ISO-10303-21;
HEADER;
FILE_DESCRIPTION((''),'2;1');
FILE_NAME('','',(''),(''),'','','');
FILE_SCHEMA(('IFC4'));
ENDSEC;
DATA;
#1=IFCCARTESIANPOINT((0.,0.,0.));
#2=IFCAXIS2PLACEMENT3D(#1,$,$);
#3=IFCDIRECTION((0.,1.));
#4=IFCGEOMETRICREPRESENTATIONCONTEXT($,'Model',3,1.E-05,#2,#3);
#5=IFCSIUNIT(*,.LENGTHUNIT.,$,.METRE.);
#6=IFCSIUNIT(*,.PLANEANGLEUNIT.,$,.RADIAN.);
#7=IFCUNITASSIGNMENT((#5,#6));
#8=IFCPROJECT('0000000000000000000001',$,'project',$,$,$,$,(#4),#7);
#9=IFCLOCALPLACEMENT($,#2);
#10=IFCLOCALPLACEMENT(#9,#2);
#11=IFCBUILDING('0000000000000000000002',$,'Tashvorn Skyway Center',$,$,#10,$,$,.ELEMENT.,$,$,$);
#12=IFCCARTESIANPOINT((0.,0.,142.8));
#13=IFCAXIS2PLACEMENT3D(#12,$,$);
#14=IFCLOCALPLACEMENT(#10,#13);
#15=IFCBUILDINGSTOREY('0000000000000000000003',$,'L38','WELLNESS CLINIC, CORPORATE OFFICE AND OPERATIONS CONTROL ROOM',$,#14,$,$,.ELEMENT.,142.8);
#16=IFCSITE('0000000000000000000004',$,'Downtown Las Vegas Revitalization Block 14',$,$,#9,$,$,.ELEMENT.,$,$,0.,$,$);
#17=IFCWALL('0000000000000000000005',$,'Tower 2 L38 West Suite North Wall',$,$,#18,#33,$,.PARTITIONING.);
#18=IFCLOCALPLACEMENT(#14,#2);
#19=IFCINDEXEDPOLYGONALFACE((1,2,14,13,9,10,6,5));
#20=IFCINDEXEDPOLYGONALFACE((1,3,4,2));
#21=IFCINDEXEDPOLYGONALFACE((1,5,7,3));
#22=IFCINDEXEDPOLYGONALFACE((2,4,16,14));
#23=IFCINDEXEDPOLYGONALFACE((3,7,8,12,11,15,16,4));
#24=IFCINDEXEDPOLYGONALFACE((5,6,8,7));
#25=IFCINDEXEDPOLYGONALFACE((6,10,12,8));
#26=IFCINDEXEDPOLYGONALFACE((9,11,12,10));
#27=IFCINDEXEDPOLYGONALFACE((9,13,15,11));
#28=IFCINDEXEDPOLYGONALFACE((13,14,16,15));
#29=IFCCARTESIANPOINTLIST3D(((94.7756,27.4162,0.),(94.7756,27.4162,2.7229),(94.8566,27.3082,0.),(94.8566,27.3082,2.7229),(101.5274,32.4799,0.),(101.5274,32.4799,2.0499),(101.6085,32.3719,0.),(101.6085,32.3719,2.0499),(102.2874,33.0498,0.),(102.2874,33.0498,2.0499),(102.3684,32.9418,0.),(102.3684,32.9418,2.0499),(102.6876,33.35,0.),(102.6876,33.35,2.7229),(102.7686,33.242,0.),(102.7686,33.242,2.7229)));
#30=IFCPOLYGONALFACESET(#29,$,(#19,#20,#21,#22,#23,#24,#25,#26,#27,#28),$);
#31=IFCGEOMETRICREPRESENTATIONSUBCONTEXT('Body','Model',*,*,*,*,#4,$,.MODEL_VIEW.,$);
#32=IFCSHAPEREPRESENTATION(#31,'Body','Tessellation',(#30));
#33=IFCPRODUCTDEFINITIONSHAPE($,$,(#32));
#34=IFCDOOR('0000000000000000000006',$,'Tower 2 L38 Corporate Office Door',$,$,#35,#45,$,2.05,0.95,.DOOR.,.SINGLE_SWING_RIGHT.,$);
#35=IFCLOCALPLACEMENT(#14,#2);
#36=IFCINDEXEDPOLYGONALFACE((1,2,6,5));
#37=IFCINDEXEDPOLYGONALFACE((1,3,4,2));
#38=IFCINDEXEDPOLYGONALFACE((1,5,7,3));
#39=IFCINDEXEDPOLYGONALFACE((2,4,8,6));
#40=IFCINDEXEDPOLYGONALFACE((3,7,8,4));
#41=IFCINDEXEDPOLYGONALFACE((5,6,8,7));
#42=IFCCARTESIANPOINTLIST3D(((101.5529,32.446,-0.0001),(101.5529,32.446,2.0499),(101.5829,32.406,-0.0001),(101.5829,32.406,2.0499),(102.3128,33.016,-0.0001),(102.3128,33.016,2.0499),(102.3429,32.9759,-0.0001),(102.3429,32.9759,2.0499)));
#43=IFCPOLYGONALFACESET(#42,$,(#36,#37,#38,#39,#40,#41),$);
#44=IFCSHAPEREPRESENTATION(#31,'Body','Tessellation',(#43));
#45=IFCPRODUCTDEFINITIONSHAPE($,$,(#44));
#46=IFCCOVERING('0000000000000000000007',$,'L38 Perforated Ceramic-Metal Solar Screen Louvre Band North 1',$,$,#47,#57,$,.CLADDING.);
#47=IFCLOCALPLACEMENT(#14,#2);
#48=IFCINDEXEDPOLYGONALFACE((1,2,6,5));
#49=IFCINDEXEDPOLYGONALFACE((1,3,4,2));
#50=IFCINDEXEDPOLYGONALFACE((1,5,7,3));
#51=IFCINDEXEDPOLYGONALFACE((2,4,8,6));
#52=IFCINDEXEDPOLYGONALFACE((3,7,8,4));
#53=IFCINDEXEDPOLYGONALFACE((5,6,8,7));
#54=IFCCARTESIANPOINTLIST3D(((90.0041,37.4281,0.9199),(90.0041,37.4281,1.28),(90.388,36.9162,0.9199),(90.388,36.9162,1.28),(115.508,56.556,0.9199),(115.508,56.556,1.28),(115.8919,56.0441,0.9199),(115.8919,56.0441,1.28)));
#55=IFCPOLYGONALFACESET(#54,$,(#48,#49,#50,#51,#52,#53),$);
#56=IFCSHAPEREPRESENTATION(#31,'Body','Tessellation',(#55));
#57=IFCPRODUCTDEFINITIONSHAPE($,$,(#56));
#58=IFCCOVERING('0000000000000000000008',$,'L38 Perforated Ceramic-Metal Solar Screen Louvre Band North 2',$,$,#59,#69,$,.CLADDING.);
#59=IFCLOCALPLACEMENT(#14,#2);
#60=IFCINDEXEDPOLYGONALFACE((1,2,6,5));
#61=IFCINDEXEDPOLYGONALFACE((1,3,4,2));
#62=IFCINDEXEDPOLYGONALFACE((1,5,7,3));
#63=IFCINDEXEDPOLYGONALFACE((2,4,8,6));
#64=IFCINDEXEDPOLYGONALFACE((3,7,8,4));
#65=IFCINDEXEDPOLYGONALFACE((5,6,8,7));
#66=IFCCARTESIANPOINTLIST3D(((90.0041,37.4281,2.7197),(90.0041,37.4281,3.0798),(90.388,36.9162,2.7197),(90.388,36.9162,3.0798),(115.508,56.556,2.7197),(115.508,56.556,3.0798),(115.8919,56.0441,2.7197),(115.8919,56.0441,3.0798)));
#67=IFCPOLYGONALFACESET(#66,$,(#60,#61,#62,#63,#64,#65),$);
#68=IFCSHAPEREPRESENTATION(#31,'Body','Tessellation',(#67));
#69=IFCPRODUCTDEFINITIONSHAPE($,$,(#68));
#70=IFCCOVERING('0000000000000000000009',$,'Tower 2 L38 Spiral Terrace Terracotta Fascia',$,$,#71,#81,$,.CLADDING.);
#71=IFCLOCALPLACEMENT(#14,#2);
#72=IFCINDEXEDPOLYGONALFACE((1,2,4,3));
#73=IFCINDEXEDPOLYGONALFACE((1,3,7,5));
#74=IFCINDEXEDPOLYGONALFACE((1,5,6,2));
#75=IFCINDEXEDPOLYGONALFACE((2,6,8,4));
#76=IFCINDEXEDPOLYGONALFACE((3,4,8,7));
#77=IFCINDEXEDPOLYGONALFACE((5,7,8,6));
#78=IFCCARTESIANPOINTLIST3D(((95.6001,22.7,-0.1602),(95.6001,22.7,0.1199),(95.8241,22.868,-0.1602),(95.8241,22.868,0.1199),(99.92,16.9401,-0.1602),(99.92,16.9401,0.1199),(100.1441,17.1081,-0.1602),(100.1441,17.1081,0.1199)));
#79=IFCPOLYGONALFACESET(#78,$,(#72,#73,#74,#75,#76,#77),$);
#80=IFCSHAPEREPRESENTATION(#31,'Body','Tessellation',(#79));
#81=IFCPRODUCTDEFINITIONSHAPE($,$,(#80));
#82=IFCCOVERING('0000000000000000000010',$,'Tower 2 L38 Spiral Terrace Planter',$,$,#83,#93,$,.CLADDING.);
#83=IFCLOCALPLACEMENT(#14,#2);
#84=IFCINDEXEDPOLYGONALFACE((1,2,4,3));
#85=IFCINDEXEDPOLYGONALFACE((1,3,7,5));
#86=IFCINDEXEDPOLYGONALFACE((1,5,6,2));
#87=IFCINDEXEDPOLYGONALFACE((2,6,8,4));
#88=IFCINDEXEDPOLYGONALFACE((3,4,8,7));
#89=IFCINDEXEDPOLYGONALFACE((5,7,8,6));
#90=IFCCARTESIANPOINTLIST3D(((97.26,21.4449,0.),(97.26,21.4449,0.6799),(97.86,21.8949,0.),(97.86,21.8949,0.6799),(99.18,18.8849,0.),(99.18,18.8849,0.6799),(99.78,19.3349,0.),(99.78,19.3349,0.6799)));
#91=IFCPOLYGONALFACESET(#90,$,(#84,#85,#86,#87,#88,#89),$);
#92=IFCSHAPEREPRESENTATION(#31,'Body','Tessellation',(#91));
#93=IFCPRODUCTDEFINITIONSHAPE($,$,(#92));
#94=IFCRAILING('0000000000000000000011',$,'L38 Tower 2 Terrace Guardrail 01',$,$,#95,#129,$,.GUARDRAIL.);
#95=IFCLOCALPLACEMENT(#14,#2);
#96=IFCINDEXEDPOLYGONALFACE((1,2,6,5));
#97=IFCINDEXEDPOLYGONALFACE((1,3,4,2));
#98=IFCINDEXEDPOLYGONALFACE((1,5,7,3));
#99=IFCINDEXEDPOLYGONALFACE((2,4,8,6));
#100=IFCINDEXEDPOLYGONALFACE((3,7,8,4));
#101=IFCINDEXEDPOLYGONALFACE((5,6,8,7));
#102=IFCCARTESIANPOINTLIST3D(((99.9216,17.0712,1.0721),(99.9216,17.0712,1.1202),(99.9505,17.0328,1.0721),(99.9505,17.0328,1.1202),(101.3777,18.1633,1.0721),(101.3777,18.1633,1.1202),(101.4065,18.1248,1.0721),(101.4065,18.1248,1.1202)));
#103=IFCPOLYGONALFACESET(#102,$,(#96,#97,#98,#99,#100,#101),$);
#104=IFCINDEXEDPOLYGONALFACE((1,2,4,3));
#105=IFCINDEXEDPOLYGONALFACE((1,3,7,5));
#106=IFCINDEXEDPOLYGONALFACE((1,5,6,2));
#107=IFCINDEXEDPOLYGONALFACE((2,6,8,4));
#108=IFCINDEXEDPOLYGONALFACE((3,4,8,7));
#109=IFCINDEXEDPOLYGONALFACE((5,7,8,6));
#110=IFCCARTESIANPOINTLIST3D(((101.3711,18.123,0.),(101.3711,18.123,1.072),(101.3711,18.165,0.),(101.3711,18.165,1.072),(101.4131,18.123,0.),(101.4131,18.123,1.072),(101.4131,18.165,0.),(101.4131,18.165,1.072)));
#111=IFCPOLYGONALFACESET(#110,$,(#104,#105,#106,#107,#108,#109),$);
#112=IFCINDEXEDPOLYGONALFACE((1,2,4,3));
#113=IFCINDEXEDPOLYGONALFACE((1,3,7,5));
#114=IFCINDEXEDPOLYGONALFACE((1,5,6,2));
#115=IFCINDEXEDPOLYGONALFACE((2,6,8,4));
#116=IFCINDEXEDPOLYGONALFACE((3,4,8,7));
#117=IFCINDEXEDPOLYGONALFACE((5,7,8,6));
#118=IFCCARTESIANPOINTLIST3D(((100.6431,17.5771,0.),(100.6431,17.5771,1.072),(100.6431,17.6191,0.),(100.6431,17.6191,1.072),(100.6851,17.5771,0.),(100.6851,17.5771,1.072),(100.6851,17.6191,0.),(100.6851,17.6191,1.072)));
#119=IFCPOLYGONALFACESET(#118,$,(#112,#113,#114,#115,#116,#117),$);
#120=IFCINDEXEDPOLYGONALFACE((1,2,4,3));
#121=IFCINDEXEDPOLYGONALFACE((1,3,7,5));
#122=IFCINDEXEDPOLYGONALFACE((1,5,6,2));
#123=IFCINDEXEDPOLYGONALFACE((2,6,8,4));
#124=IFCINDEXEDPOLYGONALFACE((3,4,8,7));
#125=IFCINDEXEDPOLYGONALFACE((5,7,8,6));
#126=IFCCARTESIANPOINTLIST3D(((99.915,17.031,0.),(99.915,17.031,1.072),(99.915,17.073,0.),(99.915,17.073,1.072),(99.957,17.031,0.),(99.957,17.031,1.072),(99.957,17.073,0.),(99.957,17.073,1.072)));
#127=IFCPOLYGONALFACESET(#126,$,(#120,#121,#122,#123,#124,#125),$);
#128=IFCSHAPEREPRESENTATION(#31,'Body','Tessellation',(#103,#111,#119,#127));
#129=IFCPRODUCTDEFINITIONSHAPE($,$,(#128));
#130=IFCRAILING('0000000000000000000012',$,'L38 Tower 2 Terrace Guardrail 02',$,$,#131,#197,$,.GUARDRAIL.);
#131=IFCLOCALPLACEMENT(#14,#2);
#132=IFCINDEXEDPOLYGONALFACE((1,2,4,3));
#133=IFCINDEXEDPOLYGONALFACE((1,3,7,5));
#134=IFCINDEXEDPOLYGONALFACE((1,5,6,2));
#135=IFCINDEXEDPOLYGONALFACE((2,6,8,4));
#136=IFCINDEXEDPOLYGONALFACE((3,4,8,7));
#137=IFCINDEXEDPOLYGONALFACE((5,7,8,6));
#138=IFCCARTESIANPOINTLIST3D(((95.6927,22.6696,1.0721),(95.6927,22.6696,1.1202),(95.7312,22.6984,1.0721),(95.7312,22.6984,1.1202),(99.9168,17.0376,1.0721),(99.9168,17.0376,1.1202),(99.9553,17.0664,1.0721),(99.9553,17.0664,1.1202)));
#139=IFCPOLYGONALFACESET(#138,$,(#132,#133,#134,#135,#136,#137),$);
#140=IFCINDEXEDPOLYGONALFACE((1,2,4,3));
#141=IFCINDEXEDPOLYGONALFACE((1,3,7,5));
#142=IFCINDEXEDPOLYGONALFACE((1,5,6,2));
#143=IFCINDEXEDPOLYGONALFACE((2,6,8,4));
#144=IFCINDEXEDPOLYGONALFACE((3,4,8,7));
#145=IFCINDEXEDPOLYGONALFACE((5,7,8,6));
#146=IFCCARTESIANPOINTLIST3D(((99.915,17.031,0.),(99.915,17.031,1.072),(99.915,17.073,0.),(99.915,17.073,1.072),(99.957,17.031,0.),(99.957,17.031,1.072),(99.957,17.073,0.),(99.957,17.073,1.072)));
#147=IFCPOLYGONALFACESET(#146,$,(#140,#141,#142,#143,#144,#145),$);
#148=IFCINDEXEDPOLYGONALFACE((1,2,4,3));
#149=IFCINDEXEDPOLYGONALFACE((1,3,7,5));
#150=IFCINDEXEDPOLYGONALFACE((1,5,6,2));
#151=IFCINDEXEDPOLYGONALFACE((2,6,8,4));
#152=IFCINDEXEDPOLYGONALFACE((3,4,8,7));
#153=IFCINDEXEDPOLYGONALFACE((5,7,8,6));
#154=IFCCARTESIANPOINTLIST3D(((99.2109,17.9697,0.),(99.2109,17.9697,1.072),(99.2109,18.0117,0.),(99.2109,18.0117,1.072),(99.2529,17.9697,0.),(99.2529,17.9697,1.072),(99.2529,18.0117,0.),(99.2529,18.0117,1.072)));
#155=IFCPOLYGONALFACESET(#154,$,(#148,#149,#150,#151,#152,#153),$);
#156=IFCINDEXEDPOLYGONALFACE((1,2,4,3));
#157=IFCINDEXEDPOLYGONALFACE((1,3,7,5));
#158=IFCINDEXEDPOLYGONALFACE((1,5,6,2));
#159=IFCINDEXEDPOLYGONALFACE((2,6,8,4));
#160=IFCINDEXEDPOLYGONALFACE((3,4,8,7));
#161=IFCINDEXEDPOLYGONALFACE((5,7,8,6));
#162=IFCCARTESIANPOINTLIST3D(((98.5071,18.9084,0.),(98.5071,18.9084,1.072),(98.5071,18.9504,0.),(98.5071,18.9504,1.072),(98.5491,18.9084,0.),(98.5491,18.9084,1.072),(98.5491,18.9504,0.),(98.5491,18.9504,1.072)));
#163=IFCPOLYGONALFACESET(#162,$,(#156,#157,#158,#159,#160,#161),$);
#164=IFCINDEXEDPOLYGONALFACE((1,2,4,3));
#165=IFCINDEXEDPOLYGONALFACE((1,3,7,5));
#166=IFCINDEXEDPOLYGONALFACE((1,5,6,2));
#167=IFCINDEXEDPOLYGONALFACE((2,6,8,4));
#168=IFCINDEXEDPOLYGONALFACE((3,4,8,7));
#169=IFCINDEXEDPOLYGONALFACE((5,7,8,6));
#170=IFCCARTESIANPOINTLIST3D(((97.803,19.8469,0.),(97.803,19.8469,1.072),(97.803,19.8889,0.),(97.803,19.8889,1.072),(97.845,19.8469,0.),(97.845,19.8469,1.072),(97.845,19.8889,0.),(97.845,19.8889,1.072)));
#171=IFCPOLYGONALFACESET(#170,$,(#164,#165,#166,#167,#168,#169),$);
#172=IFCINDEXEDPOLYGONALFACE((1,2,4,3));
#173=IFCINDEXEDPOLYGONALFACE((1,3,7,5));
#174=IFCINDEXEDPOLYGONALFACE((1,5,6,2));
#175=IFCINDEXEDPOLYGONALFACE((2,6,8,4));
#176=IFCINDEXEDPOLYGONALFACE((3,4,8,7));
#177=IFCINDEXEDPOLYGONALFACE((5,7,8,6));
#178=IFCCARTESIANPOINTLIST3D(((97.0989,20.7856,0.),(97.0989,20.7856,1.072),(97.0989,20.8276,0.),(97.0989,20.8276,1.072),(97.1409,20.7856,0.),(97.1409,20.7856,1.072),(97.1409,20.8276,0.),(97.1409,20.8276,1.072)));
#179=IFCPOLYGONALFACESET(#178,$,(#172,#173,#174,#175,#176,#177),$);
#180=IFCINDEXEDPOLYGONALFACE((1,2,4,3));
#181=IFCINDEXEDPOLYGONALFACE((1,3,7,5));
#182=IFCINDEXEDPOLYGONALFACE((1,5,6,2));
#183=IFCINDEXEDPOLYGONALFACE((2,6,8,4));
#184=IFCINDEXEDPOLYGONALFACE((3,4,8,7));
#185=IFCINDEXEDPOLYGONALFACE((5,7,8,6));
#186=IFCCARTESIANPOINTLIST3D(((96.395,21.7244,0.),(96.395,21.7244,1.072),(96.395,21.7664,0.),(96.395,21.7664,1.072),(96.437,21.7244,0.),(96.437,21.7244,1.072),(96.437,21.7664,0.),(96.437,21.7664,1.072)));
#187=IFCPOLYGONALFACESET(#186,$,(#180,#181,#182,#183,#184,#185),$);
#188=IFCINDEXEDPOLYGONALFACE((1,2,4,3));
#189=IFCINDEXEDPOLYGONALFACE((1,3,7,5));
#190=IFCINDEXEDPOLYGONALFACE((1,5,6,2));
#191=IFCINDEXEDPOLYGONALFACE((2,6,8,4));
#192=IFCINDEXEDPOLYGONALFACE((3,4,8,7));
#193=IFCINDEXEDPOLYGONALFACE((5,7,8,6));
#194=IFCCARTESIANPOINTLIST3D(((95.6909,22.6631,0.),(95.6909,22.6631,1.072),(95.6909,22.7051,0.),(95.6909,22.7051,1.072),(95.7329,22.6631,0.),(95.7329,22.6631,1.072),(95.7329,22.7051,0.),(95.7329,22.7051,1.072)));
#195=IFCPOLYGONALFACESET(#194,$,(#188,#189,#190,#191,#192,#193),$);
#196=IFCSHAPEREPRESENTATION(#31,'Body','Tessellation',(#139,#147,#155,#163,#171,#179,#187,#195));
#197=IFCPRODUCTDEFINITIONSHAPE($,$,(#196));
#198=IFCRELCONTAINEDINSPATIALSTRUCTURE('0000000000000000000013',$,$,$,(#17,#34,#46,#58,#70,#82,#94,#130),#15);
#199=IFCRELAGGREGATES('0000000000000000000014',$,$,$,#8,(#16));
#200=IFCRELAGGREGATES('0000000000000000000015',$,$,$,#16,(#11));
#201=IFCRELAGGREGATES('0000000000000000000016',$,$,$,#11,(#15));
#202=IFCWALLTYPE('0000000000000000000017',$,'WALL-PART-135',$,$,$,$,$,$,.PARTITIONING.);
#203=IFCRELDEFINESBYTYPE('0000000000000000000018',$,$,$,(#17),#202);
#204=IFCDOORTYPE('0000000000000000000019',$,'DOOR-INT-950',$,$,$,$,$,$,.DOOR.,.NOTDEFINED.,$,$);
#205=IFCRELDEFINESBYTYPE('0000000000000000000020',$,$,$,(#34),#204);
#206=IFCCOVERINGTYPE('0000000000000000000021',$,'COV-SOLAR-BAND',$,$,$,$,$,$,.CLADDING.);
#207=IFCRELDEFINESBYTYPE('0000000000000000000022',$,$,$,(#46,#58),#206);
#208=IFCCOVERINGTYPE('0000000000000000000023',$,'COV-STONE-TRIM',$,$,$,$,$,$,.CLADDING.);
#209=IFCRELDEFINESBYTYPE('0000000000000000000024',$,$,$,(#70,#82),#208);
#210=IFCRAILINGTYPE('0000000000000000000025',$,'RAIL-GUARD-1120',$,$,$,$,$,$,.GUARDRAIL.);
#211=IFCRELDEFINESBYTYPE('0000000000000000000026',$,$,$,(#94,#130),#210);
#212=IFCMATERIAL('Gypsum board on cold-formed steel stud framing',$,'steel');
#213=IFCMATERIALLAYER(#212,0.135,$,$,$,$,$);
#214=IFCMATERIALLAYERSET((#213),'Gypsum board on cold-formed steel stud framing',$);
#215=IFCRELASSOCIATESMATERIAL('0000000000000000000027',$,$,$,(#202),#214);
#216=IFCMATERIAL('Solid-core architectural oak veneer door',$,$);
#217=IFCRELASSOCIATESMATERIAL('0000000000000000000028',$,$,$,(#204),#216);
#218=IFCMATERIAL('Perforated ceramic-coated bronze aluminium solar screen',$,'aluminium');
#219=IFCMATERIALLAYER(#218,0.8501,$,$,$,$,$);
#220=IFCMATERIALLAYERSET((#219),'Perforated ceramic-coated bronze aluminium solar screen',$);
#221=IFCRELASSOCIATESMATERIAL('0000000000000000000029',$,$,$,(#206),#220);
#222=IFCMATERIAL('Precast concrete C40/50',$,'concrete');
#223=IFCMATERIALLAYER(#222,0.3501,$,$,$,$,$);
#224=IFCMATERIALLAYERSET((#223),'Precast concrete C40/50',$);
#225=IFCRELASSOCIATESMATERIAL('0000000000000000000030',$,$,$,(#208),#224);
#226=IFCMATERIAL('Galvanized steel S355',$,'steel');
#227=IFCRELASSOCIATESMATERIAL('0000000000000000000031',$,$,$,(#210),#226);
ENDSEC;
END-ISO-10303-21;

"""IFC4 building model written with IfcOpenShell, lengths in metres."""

from ifc_helpers import new_model, si_unit, direction, frame, frame_2d, origin, origin_2d, place, context, subcontext, project, spatial, rectangle, extrude, material, layer, layer_set, type_object, element, fill, save


model = new_model("IFC4")

# Units and contexts
model_context = context("Model", 3, precision=1e-05, world=origin(), true_north=direction((0.0, 1.0)))
body_context = subcontext(model_context, "Body", "Model", "MODEL_VIEW")
ifc_project = project(units=[si_unit("LENGTHUNIT", "METRE"), si_unit("PLANEANGLEUNIT", "RADIAN")], contexts=[model_context])

# Site, building, storey
site_placement = place(None, origin())
site = spatial("IfcSite", under=ifc_project, at=site_placement, Name="Downtown Las Vegas Revitalization Block 14", CompositionType="ELEMENT", RefElevation=0.0)
building_placement = place(site_placement, origin())
building = spatial("IfcBuilding", under=site, at=building_placement, Name="Tashvorn Skyway Center", CompositionType="ELEMENT")
storey_placement = place(building_placement, frame((0.0, 0.0, 142.8)))
storey = spatial("IfcBuildingStorey", under=building, at=storey_placement, Name="L38", Description="WELLNESS CLINIC, CORPORATE OFFICE AND OPERATIONS CONTROL ROOM", CompositionType="ELEMENT", Elevation=142.8)

# Shared definitions
ifc_material_1 = material(Name="Precast concrete C40/50", Category="concrete")

# Shared definitions
ifc_material_2 = material(Name="Gypsum board on cold-formed steel stud framing", Category="steel")

# Wall, opening, door
ifc_layer_1 = layer(ifc_material_2, 0.135)
ifc_layer_set_1 = layer_set([ifc_layer_1], Name="Gypsum board on cold-formed steel stud framing")
wall_type_1 = type_object("IfcWallType", Name="WALL-PART-135", PredefinedType="PARTITIONING", material=ifc_layer_set_1)
wall_1_placement = place(storey_placement, frame((102.728, 33.2959, 0.0), z_axis=(0.0, 0.0, 1.0), x_axis=(-0.800012, -0.599984, 0.0)))
wall_1 = element("IfcWall", 1, at=wall_1_placement, inside=storey, type_object=wall_type_1, Name="Tower 2 L38 West Suite North Wall", PredefinedType="PARTITIONING", context=body_context, shape_type="SweptSolid", body=[
    extrude(rectangle(XDim=9.8899, YDim=0.135, at=frame_2d((4.9448, 0.0))), origin(), (0.0, 0.0, 1.0), 2.7229),
])
opening_1_placement = place(wall_1_placement, frame((0.5, 0.0, 0.0)))
opening_1 = element("IfcOpeningElement", 2, at=opening_1_placement, cuts=wall_1, PredefinedType="OPENING", context=body_context, shape_type="SweptSolid", body=[
    extrude(rectangle(XDim=0.95, YDim=2.05, at=frame_2d((0.4751, 1.0249))), frame((0.0, 0.0774, 0.0), z_axis=(0.0, -1.0, 0.0), x_axis=(1.0, 0.0, 0.0)), (0.0, 0.0, 1.0), 0.155),
])
ifc_material_3 = material(Name="Solid-core architectural oak veneer door")
door_type_1 = type_object("IfcDoorType", Name="DOOR-INT-950", OperationType="NOTDEFINED", PredefinedType="DOOR", material=ifc_material_3)
door_1_placement = place(opening_1_placement, origin())
door_1 = element("IfcDoor", 3, at=door_1_placement, inside=storey, type_object=door_type_1, Name="Tower 2 L38 Corporate Office Door", OperationType="SINGLE_SWING_RIGHT", OverallHeight=2.05, OverallWidth=0.95, PredefinedType="DOOR", context=body_context, shape_type="SweptSolid", body=[
    extrude(rectangle(XDim=0.95, YDim=2.05, at=frame_2d((0.4751, 1.0249))), frame((0.0, 0.0249, 0.0), z_axis=(0.0, -1.0, 0.0), x_axis=(1.0, 0.0, 0.0)), (0.0, 0.0, 1.0), 0.05),
])
fill(opening_1, door_1)

# Coverings
ifc_material_4 = material(Name="Perforated ceramic-coated bronze aluminium solar screen", Category="aluminium")
ifc_layer_2 = layer(ifc_material_4, 0.8501)
ifc_layer_set_2 = layer_set([ifc_layer_2], Name="Perforated ceramic-coated bronze aluminium solar screen")
covering_type_1 = type_object("IfcCoveringType", Name="COV-SOLAR-BAND", PredefinedType="CLADDING", material=ifc_layer_set_2)
for number, where, z_axis, x_axis, name in (
    (4, (102.948, 46.7361, 0.9199), (0.0, 0.0, 1.0), (0.8, 0.6, 0.0), "L38 Perforated Ceramic-Metal Solar Screen Louvre Band North 1"),
    (5, (102.948, 46.7361, 2.7197), (0.0, 0.0, 1.0), (0.8, 0.6, 0.0), "L38 Perforated Ceramic-Metal Solar Screen Louvre Band North 2"),
):
    element("IfcCovering", number, at=place(storey_placement, frame(where, z_axis=z_axis, x_axis=x_axis)), inside=storey, type_object=covering_type_1, Name=name, PredefinedType="CLADDING", context=body_context, shape_type="SweptSolid", body=[
        extrude(rectangle(XDim=31.8799, YDim=0.6399, at=origin_2d()), origin(), (0.0, 0.0, 1.0), 0.3601),
    ])
ifc_layer_3 = layer(ifc_material_1, 0.3501)
ifc_layer_set_3 = layer_set([ifc_layer_3], Name="Precast concrete C40/50")
covering_type_2 = type_object("IfcCoveringType", Name="COV-STONE-TRIM", PredefinedType="CLADDING", material=ifc_layer_set_3)
covering_1_placement = place(storey_placement, frame((97.8721, 19.9041, -0.1602), z_axis=(0.0, 0.0, 1.0), x_axis=(-0.6, 0.8, 0.0)))
element("IfcCovering", 6, at=covering_1_placement, inside=storey, type_object=covering_type_2, Name="Tower 2 L38 Spiral Terrace Terracotta Fascia", PredefinedType="CLADDING", context=body_context, shape_type="SweptSolid", body=[
    extrude(rectangle(XDim=7.2, YDim=0.28, at=origin_2d()), origin(), (0.0, 0.0, 1.0), 0.28),
])
covering_2_placement = place(storey_placement, frame((98.52, 20.3899, 0.0), z_axis=(0.0, 0.0, 1.0), x_axis=(-0.6, 0.8, 0.0)))
element("IfcCovering", 7, at=covering_2_placement, inside=storey, type_object=covering_type_2, Name="Tower 2 L38 Spiral Terrace Planter", PredefinedType="CLADDING", context=body_context, shape_type="SweptSolid", body=[
    extrude(rectangle(XDim=3.2, YDim=0.75, at=origin_2d()), origin(), (0.0, 0.0, 1.0), 0.6799),
])

# Railings
ifc_material_5 = material(Name="Galvanized steel S355", Category="steel")
railing_type = type_object("IfcRailingType", Name="RAIL-GUARD-1120", PredefinedType="GUARDRAIL", material=ifc_material_5)
railing_1_placement = place(storey_placement, frame((101.3921, 18.144, 0.0)))
element("IfcRailing", 8, at=railing_1_placement, inside=storey, type_object=railing_type, Name="L38 Tower 2 Terrace Guardrail 01", PredefinedType="GUARDRAIL", context=body_context, shape_type="SweptSolid", body=[
    extrude(rectangle(XDim=0.0481, YDim=0.0481, at=origin_2d()), frame((0.0, 0.0, 1.0962), z_axis=(-0.8, -0.6, 0.0), x_axis=(0.6, -0.8, 0.0)), (0.0, 0.0, 1.0), 1.8201),
    extrude(rectangle(XDim=0.042, YDim=0.042, at=origin_2d()), origin(), (0.0, 0.0, 1.0), 1.072),
    extrude(rectangle(XDim=0.042, YDim=0.042, at=origin_2d()), frame((-0.728, -0.5459, 0.0)), (0.0, 0.0, 1.0), 1.072),
    extrude(rectangle(XDim=0.042, YDim=0.042, at=origin_2d()), frame((-1.4561, -1.092, 0.0)), (0.0, 0.0, 1.0), 1.072),
])
railing_2_placement = place(storey_placement, frame((99.936, 17.052, 0.0)))
element("IfcRailing", 9, at=railing_2_placement, inside=storey, type_object=railing_type, Name="L38 Tower 2 Terrace Guardrail 02", PredefinedType="GUARDRAIL", context=body_context, shape_type="SweptSolid", body=[
    extrude(rectangle(XDim=0.0481, YDim=0.0481, at=origin_2d()), frame((0.0, 0.0, 1.0962), z_axis=(-0.600006, 0.799996, 0.0), x_axis=(-0.799996, -0.600006, 0.0)), (0.0, 0.0, 1.0), 7.04),
    extrude(rectangle(XDim=0.042, YDim=0.042, at=origin_2d()), origin(), (0.0, 0.0, 1.0), 1.072),
    extrude(rectangle(XDim=0.042, YDim=0.042, at=origin_2d()), frame((-0.7041, 0.9387, 0.0)), (0.0, 0.0, 1.0), 1.072),
    extrude(rectangle(XDim=0.042, YDim=0.042, at=origin_2d()), frame((-1.408, 1.8774, 0.0)), (0.0, 0.0, 1.0), 1.072),
    extrude(rectangle(XDim=0.042, YDim=0.042, at=origin_2d()), frame((-2.1121, 2.8159, 0.0)), (0.0, 0.0, 1.0), 1.072),
    extrude(rectangle(XDim=0.042, YDim=0.042, at=origin_2d()), frame((-2.8162, 3.7546, 0.0)), (0.0, 0.0, 1.0), 1.072),
    extrude(rectangle(XDim=0.042, YDim=0.042, at=origin_2d()), frame((-3.52, 4.6934, 0.0)), (0.0, 0.0, 1.0), 1.072),
    extrude(rectangle(XDim=0.042, YDim=0.042, at=origin_2d()), frame((-4.2241, 5.6321, 0.0)), (0.0, 0.0, 1.0), 1.072),
])

save(model, "model.ifc")
